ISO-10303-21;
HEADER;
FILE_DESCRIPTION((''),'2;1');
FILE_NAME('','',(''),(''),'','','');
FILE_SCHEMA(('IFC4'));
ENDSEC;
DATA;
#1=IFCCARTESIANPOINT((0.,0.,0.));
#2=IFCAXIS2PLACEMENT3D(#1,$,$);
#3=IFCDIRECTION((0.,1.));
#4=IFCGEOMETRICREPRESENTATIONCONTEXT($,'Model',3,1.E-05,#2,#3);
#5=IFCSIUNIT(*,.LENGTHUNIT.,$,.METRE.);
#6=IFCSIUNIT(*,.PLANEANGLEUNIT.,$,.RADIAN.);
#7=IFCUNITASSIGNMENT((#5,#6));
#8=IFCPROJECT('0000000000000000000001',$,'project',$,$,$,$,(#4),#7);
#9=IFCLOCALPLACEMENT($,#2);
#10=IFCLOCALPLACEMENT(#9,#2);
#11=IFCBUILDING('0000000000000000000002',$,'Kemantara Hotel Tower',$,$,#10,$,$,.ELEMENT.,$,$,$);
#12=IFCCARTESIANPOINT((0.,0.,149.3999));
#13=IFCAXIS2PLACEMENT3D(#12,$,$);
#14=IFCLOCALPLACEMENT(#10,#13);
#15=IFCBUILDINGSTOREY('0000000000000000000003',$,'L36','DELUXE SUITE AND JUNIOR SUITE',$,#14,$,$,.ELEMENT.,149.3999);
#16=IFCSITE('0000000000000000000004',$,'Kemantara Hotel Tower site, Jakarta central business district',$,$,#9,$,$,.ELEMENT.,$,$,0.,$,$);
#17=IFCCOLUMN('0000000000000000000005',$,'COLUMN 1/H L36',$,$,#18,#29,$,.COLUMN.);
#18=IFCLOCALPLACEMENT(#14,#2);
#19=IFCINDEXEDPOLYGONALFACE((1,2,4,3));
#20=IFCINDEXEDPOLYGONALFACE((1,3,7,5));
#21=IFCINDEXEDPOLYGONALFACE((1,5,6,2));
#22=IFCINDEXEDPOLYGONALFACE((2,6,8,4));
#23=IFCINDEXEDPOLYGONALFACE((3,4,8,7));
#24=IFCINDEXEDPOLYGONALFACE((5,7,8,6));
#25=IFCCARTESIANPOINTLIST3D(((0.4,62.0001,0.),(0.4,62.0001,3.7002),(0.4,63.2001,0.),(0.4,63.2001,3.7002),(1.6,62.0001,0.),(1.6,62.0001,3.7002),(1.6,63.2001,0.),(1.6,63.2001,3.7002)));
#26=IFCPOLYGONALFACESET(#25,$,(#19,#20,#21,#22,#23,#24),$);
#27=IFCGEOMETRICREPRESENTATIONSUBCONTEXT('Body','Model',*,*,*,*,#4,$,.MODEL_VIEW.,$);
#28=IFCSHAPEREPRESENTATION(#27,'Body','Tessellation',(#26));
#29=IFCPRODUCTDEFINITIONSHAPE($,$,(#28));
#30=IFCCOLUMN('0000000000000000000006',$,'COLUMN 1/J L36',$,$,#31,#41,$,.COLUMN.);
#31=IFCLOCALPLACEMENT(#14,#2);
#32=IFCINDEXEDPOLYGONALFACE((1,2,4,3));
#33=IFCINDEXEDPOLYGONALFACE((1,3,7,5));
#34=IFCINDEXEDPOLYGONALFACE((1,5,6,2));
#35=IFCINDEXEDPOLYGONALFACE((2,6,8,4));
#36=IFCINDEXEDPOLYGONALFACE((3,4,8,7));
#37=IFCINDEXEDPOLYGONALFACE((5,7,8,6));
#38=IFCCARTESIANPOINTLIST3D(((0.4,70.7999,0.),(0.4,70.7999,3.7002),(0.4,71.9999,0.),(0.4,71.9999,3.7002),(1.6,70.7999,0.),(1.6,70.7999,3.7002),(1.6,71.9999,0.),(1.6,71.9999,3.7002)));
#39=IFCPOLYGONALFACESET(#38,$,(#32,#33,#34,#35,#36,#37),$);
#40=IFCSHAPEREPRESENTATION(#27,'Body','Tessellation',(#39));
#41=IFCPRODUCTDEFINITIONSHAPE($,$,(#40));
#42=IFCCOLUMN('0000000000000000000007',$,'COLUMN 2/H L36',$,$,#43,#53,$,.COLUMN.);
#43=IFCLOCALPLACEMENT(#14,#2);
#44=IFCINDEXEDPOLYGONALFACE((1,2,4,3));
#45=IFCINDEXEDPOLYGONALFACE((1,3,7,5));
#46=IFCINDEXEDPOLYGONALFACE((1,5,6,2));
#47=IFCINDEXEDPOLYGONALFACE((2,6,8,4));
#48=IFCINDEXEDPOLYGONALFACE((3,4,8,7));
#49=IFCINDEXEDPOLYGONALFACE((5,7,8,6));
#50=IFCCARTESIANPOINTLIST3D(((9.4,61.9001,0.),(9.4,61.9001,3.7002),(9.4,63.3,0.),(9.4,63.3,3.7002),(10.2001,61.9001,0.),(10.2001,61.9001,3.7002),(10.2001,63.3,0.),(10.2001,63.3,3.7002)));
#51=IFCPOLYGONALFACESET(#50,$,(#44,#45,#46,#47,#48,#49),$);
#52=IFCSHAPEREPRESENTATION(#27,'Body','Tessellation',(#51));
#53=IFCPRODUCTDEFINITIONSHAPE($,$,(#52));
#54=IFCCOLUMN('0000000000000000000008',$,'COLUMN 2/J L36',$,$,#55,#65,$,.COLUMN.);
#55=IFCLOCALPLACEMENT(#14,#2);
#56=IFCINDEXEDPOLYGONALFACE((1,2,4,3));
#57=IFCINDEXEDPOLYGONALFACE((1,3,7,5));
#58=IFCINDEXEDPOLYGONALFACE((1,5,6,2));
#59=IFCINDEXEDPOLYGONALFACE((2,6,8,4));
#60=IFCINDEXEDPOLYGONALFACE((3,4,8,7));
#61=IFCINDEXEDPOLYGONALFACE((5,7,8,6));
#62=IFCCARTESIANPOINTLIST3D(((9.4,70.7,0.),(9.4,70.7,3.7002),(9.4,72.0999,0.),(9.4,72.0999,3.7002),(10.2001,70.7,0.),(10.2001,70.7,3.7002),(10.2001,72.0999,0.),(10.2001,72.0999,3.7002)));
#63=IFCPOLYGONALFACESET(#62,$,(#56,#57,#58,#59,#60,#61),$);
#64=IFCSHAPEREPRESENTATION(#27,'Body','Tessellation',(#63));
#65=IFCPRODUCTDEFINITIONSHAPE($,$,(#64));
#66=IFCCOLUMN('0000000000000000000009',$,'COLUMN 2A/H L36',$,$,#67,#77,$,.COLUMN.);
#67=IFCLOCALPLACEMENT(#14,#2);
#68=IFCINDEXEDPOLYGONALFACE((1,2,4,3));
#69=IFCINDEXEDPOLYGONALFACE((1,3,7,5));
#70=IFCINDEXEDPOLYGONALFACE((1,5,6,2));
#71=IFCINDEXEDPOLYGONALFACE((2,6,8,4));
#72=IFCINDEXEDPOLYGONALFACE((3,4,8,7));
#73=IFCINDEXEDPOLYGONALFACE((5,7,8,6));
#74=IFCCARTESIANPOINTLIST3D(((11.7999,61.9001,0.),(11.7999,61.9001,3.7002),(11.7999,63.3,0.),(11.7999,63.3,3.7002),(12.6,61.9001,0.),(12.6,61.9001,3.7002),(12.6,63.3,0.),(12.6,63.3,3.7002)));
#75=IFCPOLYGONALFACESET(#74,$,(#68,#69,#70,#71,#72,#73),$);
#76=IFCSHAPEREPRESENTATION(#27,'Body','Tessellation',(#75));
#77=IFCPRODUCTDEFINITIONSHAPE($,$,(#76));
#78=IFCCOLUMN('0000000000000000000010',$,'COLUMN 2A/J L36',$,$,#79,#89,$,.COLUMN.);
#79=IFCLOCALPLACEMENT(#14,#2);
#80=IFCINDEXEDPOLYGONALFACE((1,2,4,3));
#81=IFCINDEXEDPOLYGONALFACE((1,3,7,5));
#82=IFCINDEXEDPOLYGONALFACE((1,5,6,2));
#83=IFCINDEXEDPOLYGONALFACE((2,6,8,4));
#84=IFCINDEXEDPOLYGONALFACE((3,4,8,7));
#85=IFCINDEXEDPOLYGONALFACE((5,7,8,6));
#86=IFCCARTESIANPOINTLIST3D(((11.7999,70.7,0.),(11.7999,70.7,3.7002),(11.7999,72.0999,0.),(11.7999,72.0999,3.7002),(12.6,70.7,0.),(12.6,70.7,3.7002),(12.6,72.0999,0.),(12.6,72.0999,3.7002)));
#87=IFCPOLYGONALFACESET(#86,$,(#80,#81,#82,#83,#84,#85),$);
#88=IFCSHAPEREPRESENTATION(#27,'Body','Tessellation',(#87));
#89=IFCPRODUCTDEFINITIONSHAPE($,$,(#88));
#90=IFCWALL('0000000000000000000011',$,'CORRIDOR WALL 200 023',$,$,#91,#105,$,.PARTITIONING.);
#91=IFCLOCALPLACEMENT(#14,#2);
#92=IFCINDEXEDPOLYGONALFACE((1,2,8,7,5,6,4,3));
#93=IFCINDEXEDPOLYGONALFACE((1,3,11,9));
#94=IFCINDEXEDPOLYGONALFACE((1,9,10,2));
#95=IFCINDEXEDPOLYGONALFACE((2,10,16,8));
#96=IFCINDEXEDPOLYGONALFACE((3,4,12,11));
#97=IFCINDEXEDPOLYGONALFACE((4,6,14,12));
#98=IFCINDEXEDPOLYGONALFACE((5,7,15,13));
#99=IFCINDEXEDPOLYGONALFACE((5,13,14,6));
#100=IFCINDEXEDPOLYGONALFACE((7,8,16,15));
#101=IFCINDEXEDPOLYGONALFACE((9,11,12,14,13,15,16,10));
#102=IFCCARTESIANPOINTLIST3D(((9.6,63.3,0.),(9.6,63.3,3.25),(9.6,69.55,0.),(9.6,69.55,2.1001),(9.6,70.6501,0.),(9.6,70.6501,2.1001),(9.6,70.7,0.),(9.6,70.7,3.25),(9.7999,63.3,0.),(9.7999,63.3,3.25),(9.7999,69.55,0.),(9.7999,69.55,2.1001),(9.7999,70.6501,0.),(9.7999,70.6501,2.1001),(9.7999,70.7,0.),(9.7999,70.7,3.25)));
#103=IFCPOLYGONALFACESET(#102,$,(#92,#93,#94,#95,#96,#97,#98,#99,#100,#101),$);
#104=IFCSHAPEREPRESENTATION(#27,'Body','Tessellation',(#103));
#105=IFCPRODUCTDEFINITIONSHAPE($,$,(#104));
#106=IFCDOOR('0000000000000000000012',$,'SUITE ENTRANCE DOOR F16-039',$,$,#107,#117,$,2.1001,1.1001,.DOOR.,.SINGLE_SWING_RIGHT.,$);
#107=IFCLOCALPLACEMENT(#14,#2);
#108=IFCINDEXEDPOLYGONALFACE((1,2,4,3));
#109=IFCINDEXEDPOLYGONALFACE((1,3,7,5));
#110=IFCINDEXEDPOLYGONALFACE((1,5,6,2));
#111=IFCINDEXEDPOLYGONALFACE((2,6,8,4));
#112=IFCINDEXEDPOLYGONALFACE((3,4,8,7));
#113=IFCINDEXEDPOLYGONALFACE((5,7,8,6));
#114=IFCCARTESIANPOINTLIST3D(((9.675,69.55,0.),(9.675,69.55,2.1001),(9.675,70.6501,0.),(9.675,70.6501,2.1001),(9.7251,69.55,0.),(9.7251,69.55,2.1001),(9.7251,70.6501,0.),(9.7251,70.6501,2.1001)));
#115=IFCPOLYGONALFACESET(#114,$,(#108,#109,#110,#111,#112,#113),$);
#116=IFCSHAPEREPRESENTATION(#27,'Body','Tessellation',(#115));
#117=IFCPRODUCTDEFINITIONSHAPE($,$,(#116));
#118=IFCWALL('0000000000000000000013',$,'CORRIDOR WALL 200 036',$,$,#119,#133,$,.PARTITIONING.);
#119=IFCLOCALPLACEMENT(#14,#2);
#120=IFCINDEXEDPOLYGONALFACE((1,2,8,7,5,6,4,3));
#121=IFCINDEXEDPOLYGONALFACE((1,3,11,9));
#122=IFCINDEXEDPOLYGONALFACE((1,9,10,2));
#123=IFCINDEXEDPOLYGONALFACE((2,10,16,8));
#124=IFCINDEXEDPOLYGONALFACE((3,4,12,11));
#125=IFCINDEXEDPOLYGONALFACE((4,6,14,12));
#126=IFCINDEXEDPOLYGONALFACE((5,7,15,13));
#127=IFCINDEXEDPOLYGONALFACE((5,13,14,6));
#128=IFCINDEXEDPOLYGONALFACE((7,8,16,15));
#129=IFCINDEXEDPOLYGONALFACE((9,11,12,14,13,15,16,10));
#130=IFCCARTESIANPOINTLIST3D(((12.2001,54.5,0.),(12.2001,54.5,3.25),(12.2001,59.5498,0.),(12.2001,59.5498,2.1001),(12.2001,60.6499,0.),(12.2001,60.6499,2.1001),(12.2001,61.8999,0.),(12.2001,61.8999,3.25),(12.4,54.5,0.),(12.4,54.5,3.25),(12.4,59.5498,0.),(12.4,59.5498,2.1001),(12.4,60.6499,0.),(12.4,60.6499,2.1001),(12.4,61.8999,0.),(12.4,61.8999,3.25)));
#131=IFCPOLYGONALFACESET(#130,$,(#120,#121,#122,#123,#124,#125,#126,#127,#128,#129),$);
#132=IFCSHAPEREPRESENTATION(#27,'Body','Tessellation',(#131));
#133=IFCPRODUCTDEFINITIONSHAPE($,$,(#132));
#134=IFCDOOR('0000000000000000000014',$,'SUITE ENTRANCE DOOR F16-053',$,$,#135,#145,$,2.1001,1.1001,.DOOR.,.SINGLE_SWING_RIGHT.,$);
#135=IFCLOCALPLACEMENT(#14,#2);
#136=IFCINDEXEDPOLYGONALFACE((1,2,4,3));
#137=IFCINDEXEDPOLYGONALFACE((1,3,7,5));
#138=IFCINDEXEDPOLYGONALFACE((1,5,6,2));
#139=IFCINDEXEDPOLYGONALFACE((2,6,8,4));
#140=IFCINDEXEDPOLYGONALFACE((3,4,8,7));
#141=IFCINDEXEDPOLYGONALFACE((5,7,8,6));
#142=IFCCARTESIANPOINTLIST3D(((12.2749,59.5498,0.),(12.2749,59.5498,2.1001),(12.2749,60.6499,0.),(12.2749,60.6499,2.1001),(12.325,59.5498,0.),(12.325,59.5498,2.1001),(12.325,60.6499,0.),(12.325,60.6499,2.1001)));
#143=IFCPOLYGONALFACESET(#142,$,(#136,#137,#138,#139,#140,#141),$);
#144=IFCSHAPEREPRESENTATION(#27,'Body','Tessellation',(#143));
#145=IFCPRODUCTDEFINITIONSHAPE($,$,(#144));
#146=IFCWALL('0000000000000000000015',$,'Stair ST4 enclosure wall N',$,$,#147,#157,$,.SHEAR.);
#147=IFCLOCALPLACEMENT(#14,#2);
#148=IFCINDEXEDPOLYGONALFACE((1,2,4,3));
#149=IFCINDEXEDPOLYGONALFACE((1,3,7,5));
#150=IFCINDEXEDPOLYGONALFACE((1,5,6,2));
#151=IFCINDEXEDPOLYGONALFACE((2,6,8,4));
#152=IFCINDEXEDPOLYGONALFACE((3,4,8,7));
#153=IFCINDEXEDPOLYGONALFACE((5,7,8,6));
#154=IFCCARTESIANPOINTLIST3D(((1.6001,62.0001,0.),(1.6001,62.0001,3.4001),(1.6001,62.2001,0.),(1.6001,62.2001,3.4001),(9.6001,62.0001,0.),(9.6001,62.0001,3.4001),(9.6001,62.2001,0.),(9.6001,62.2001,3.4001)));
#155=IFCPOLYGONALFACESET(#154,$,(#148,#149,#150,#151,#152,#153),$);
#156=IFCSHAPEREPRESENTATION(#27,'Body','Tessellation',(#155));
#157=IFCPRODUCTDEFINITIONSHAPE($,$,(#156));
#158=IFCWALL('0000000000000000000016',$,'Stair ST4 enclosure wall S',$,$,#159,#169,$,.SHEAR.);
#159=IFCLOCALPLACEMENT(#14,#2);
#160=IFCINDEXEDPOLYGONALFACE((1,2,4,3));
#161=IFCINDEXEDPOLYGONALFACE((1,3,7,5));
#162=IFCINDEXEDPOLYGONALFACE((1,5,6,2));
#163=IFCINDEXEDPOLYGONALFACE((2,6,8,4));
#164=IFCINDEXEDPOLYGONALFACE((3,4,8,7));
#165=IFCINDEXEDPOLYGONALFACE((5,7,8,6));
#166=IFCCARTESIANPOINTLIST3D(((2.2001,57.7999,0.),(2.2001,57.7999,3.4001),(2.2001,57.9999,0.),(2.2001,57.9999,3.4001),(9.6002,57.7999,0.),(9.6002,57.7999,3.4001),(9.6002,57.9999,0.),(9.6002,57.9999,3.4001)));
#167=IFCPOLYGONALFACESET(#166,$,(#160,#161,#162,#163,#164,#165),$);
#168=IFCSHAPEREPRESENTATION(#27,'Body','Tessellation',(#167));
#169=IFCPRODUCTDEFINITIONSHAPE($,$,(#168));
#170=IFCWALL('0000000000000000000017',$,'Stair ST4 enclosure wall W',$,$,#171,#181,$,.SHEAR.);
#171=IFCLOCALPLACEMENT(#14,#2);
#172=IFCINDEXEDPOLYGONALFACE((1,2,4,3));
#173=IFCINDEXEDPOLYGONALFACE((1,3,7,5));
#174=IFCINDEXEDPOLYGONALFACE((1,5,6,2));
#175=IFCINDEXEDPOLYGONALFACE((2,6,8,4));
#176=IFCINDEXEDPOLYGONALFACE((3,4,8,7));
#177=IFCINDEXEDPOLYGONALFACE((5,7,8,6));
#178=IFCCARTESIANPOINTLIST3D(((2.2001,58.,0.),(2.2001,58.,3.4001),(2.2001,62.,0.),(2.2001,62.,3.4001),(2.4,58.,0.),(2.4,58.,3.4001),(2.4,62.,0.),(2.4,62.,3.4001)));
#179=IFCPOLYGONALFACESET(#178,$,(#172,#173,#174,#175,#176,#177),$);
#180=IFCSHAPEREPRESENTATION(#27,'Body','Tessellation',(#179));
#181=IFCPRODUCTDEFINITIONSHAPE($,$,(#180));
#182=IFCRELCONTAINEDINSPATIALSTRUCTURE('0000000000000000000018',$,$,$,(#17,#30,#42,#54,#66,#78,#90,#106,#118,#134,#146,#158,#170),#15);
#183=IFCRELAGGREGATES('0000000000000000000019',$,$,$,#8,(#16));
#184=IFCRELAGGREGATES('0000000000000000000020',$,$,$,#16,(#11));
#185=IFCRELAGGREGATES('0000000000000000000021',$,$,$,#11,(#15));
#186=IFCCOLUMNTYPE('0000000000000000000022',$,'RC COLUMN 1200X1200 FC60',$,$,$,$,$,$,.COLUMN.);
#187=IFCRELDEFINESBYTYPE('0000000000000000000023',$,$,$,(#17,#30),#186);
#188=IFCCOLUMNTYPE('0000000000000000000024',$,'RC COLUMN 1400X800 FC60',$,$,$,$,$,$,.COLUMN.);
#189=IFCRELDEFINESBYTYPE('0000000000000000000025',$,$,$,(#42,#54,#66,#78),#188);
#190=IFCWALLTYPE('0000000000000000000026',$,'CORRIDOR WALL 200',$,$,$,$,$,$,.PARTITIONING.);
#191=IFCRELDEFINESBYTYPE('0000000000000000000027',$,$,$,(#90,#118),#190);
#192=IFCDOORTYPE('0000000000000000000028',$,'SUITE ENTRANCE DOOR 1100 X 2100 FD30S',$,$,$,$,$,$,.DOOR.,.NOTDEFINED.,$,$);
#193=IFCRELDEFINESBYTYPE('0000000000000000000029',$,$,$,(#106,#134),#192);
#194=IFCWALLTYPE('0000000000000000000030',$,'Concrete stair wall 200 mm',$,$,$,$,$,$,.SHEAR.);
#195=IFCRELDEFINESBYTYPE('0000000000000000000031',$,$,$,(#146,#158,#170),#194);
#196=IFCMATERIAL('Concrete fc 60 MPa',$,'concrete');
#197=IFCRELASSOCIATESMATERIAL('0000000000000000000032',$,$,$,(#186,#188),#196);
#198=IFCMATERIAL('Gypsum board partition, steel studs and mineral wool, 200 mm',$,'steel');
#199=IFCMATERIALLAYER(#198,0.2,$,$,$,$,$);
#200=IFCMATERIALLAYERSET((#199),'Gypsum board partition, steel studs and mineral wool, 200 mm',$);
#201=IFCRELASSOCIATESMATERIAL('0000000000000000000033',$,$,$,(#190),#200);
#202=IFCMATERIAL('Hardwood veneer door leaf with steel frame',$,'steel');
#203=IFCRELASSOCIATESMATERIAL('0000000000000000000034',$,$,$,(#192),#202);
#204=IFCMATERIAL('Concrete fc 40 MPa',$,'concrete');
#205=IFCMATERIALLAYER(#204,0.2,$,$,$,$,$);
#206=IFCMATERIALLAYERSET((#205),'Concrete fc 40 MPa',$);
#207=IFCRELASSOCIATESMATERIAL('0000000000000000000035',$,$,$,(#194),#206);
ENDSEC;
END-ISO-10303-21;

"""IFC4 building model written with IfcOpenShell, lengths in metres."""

from ifc_helpers import new_model, si_unit, direction, frame, frame_2d, origin, origin_2d, place, context, subcontext, project, spatial, rectangle, extrude, material, layer, layer_set, material_profile, profile_set, type_object, element, fill, save


model = new_model("IFC4")

# Units and contexts
model_context = context("Model", 3, precision=1e-05, world=origin(), true_north=direction((0.0, 1.0)))
body_context = subcontext(model_context, "Body", "Model", "MODEL_VIEW")
ifc_project = project(units=[si_unit("LENGTHUNIT", "METRE"), si_unit("PLANEANGLEUNIT", "RADIAN")], contexts=[model_context])

# Site, building, storey
site_placement = place(None, origin())
site = spatial("IfcSite", under=ifc_project, at=site_placement, Name="Kemantara Hotel Tower site, Jakarta central business district", CompositionType="ELEMENT", RefElevation=0.0)
building_placement = place(site_placement, origin())
building = spatial("IfcBuilding", under=site, at=building_placement, Name="Kemantara Hotel Tower", CompositionType="ELEMENT")
storey_placement = place(building_placement, frame((0.0, 0.0, 149.3999)))
storey = spatial("IfcBuildingStorey", under=building, at=storey_placement, Name="L36", Description="DELUXE SUITE AND JUNIOR SUITE", CompositionType="ELEMENT", Elevation=149.3999)

# Columns
ifc_material_1 = material(Name="Concrete fc 60 MPa", Category="concrete")
ifc_material_profile_1 = material_profile(ifc_material_1, rectangle(XDim=1.2, YDim=1.2, at=origin_2d()), Name="RC 1200X1200")
ifc_profile_set_1 = profile_set([ifc_material_profile_1], Name="Concrete fc 60 MPa")
column_type_1 = type_object("IfcColumnType", Name="RC COLUMN 1200X1200 FC60", PredefinedType="COLUMN", material=ifc_profile_set_1)
for number, where, z_axis, x_axis, name in (
    (1, (1.0, 62.6001, 0.0), (0.0, 0.0, 1.0), (1.0, 0.0, 0.0), "COLUMN 1/H L36"),
    (2, (1.0, 71.3999, 0.0), (0.0, 0.0, 1.0), (1.0, 0.0, 0.0), "COLUMN 1/J L36"),
):
    element("IfcColumn", number, at=place(storey_placement, frame(where, z_axis=z_axis, x_axis=x_axis)), inside=storey, type_object=column_type_1, Name=name, PredefinedType="COLUMN", context=body_context, shape_type="SweptSolid", body=[
        extrude(rectangle(XDim=1.2, YDim=1.2, at=origin_2d()), origin(), (0.0, 0.0, 1.0), 3.7002),
    ])
ifc_material_profile_2 = material_profile(ifc_material_1, rectangle(XDim=1.3999, YDim=0.8, at=origin_2d()), Name="RC 1400X800")
ifc_profile_set_2 = profile_set([ifc_material_profile_2], Name="Concrete fc 60 MPa")
column_type_2 = type_object("IfcColumnType", Name="RC COLUMN 1400X800 FC60", PredefinedType="COLUMN", material=ifc_profile_set_2)
for number, where, z_axis, x_axis, name in (
    (3, (9.8, 62.6001, 0.0), (0.0, 0.0, 1.0), (0.0, 1.0, 0.0), "COLUMN 2/H L36"),
    (4, (9.8, 71.3999, 0.0), (0.0, 0.0, 1.0), (0.0, 1.0, 0.0), "COLUMN 2/J L36"),
    (5, (12.2, 62.6001, 0.0), (0.0, 0.0, 1.0), (0.0, 1.0, 0.0), "COLUMN 2A/H L36"),
    (6, (12.2, 71.3999, 0.0), (0.0, 0.0, 1.0), (0.0, 1.0, 0.0), "COLUMN 2A/J L36"),
):
    element("IfcColumn", number, at=place(storey_placement, frame(where, z_axis=z_axis, x_axis=x_axis)), inside=storey, type_object=column_type_2, Name=name, PredefinedType="COLUMN", context=body_context, shape_type="SweptSolid", body=[
        extrude(rectangle(XDim=1.3999, YDim=0.8, at=origin_2d()), origin(), (0.0, 0.0, 1.0), 3.7002),
    ])

# Walls, openings, doors
ifc_material_2 = material(Name="Gypsum board partition, steel studs and mineral wool, 200 mm", Category="steel")
ifc_layer_1 = layer(ifc_material_2, 0.2)
ifc_layer_set_1 = layer_set([ifc_layer_1], Name="Gypsum board partition, steel studs and mineral wool, 200 mm")
wall_type_1 = type_object("IfcWallType", Name="CORRIDOR WALL 200", PredefinedType="PARTITIONING", material=ifc_layer_set_1)
wall_1_placement = place(storey_placement, frame((9.7, 63.3, 0.0), z_axis=(0.0, 0.0, 1.0), x_axis=(0.0, 1.0, 0.0)))
wall_1 = element("IfcWall", 7, at=wall_1_placement, inside=storey, type_object=wall_type_1, Name="CORRIDOR WALL 200 023", PredefinedType="PARTITIONING", context=body_context, shape_type="SweptSolid", body=[
    extrude(rectangle(XDim=7.3999, YDim=0.2, at=frame_2d((3.7, 0.0))), origin(), (0.0, 0.0, 1.0), 3.25),
])
opening_1_placement = place(wall_1_placement, frame((6.25, 0.0, 0.0)))
opening_1 = element("IfcOpeningElement", 8, at=opening_1_placement, cuts=wall_1, PredefinedType="OPENING", context=body_context, shape_type="SweptSolid", body=[
    extrude(rectangle(XDim=1.1001, YDim=2.1001, at=frame_2d((0.55, 1.05))), frame((0.0, 0.1099, 0.0), z_axis=(0.0, -1.0, 0.0), x_axis=(1.0, 0.0, 0.0)), (0.0, 0.0, 1.0), 0.22),
])
ifc_material_3 = material(Name="Hardwood veneer door leaf with steel frame", Category="steel")
door_type_1 = type_object("IfcDoorType", Name="SUITE ENTRANCE DOOR 1100 X 2100 FD30S", OperationType="NOTDEFINED", PredefinedType="DOOR", material=ifc_material_3)
door_1_placement = place(opening_1_placement, origin())
door_1 = element("IfcDoor", 9, at=door_1_placement, inside=storey, type_object=door_type_1, Name="SUITE ENTRANCE DOOR F16-039", OperationType="SINGLE_SWING_RIGHT", OverallHeight=2.1001, OverallWidth=1.1001, PredefinedType="DOOR", context=body_context, shape_type="SweptSolid", body=[
    extrude(rectangle(XDim=1.1001, YDim=2.1001, at=frame_2d((0.55, 1.05))), frame((0.0, 0.0249, 0.0), z_axis=(0.0, -1.0, 0.0), x_axis=(1.0, 0.0, 0.0)), (0.0, 0.0, 1.0), 0.05),
])
fill(opening_1, door_1)
wall_2_placement = place(storey_placement, frame((12.3, 61.8999, 0.0), z_axis=(0.0, 0.0, 1.0), x_axis=(0.0, -1.0, 0.0)))
wall_2 = element("IfcWall", 10, at=wall_2_placement, inside=storey, type_object=wall_type_1, Name="CORRIDOR WALL 200 036", PredefinedType="PARTITIONING", context=body_context, shape_type="SweptSolid", body=[
    extrude(rectangle(XDim=7.3999, YDim=0.2, at=frame_2d((3.7, 0.0))), origin(), (0.0, 0.0, 1.0), 3.25),
])
opening_2_placement = place(wall_2_placement, frame((1.25, 0.0, 0.0)))
opening_2 = element("IfcOpeningElement", 11, at=opening_2_placement, cuts=wall_2, PredefinedType="OPENING", context=body_context, shape_type="SweptSolid", body=[
    extrude(rectangle(XDim=1.1001, YDim=2.1001, at=frame_2d((0.55, 1.05))), frame((0.0, 0.1099, 0.0), z_axis=(0.0, -1.0, 0.0), x_axis=(1.0, 0.0, 0.0)), (0.0, 0.0, 1.0), 0.22),
])
door_2_placement = place(opening_2_placement, origin())
door_2 = element("IfcDoor", 12, at=door_2_placement, inside=storey, type_object=door_type_1, Name="SUITE ENTRANCE DOOR F16-053", OperationType="SINGLE_SWING_RIGHT", OverallHeight=2.1001, OverallWidth=1.1001, PredefinedType="DOOR", context=body_context, shape_type="SweptSolid", body=[
    extrude(rectangle(XDim=1.1001, YDim=2.1001, at=frame_2d((0.55, 1.05))), frame((0.0, 0.0249, 0.0), z_axis=(0.0, -1.0, 0.0), x_axis=(1.0, 0.0, 0.0)), (0.0, 0.0, 1.0), 0.05),
])
fill(opening_2, door_2)

# Walls
ifc_material_4 = material(Name="Concrete fc 40 MPa", Category="concrete")
ifc_layer_2 = layer(ifc_material_4, 0.2)
ifc_layer_set_2 = layer_set([ifc_layer_2], Name="Concrete fc 40 MPa")
wall_type_2 = type_object("IfcWallType", Name="Concrete stair wall 200 mm", PredefinedType="SHEAR", material=ifc_layer_set_2)
wall_3_placement = place(storey_placement, frame((1.6001, 62.1001, 0.0), z_axis=(0.0, 0.0, 1.0), x_axis=(1.0, 0.0, 0.0)))
element("IfcWall", 13, at=wall_3_placement, inside=storey, type_object=wall_type_2, Name="Stair ST4 enclosure wall N", PredefinedType="SHEAR", context=body_context, shape_type="SweptSolid", body=[
    extrude(rectangle(XDim=8.0, YDim=0.2, at=frame_2d((4.0, 0.0))), origin(), (0.0, 0.0, 1.0), 3.4001),
])
wall_4_placement = place(storey_placement, frame((2.2, 57.8999, 0.0), z_axis=(0.0, 0.0, 1.0), x_axis=(1.0, 0.0, 0.0)))
element("IfcWall", 14, at=wall_4_placement, inside=storey, type_object=wall_type_2, Name="Stair ST4 enclosure wall S", PredefinedType="SHEAR", context=body_context, shape_type="SweptSolid", body=[
    extrude(rectangle(XDim=7.4001, YDim=0.2, at=frame_2d((3.7002, 0.0))), origin(), (0.0, 0.0, 1.0), 3.4001),
])
wall_5_placement = place(storey_placement, frame((2.3, 58.0, 0.0), z_axis=(0.0, 0.0, 1.0), x_axis=(0.0, 1.0, 0.0)))
element("IfcWall", 15, at=wall_5_placement, inside=storey, type_object=wall_type_2, Name="Stair ST4 enclosure wall W", PredefinedType="SHEAR", context=body_context, shape_type="SweptSolid", body=[
    extrude(rectangle(XDim=4.0, YDim=0.2, at=frame_2d((2.0, 0.0))), origin(), (0.0, 0.0, 1.0), 3.4001),
])

save(model, "model.ifc")
